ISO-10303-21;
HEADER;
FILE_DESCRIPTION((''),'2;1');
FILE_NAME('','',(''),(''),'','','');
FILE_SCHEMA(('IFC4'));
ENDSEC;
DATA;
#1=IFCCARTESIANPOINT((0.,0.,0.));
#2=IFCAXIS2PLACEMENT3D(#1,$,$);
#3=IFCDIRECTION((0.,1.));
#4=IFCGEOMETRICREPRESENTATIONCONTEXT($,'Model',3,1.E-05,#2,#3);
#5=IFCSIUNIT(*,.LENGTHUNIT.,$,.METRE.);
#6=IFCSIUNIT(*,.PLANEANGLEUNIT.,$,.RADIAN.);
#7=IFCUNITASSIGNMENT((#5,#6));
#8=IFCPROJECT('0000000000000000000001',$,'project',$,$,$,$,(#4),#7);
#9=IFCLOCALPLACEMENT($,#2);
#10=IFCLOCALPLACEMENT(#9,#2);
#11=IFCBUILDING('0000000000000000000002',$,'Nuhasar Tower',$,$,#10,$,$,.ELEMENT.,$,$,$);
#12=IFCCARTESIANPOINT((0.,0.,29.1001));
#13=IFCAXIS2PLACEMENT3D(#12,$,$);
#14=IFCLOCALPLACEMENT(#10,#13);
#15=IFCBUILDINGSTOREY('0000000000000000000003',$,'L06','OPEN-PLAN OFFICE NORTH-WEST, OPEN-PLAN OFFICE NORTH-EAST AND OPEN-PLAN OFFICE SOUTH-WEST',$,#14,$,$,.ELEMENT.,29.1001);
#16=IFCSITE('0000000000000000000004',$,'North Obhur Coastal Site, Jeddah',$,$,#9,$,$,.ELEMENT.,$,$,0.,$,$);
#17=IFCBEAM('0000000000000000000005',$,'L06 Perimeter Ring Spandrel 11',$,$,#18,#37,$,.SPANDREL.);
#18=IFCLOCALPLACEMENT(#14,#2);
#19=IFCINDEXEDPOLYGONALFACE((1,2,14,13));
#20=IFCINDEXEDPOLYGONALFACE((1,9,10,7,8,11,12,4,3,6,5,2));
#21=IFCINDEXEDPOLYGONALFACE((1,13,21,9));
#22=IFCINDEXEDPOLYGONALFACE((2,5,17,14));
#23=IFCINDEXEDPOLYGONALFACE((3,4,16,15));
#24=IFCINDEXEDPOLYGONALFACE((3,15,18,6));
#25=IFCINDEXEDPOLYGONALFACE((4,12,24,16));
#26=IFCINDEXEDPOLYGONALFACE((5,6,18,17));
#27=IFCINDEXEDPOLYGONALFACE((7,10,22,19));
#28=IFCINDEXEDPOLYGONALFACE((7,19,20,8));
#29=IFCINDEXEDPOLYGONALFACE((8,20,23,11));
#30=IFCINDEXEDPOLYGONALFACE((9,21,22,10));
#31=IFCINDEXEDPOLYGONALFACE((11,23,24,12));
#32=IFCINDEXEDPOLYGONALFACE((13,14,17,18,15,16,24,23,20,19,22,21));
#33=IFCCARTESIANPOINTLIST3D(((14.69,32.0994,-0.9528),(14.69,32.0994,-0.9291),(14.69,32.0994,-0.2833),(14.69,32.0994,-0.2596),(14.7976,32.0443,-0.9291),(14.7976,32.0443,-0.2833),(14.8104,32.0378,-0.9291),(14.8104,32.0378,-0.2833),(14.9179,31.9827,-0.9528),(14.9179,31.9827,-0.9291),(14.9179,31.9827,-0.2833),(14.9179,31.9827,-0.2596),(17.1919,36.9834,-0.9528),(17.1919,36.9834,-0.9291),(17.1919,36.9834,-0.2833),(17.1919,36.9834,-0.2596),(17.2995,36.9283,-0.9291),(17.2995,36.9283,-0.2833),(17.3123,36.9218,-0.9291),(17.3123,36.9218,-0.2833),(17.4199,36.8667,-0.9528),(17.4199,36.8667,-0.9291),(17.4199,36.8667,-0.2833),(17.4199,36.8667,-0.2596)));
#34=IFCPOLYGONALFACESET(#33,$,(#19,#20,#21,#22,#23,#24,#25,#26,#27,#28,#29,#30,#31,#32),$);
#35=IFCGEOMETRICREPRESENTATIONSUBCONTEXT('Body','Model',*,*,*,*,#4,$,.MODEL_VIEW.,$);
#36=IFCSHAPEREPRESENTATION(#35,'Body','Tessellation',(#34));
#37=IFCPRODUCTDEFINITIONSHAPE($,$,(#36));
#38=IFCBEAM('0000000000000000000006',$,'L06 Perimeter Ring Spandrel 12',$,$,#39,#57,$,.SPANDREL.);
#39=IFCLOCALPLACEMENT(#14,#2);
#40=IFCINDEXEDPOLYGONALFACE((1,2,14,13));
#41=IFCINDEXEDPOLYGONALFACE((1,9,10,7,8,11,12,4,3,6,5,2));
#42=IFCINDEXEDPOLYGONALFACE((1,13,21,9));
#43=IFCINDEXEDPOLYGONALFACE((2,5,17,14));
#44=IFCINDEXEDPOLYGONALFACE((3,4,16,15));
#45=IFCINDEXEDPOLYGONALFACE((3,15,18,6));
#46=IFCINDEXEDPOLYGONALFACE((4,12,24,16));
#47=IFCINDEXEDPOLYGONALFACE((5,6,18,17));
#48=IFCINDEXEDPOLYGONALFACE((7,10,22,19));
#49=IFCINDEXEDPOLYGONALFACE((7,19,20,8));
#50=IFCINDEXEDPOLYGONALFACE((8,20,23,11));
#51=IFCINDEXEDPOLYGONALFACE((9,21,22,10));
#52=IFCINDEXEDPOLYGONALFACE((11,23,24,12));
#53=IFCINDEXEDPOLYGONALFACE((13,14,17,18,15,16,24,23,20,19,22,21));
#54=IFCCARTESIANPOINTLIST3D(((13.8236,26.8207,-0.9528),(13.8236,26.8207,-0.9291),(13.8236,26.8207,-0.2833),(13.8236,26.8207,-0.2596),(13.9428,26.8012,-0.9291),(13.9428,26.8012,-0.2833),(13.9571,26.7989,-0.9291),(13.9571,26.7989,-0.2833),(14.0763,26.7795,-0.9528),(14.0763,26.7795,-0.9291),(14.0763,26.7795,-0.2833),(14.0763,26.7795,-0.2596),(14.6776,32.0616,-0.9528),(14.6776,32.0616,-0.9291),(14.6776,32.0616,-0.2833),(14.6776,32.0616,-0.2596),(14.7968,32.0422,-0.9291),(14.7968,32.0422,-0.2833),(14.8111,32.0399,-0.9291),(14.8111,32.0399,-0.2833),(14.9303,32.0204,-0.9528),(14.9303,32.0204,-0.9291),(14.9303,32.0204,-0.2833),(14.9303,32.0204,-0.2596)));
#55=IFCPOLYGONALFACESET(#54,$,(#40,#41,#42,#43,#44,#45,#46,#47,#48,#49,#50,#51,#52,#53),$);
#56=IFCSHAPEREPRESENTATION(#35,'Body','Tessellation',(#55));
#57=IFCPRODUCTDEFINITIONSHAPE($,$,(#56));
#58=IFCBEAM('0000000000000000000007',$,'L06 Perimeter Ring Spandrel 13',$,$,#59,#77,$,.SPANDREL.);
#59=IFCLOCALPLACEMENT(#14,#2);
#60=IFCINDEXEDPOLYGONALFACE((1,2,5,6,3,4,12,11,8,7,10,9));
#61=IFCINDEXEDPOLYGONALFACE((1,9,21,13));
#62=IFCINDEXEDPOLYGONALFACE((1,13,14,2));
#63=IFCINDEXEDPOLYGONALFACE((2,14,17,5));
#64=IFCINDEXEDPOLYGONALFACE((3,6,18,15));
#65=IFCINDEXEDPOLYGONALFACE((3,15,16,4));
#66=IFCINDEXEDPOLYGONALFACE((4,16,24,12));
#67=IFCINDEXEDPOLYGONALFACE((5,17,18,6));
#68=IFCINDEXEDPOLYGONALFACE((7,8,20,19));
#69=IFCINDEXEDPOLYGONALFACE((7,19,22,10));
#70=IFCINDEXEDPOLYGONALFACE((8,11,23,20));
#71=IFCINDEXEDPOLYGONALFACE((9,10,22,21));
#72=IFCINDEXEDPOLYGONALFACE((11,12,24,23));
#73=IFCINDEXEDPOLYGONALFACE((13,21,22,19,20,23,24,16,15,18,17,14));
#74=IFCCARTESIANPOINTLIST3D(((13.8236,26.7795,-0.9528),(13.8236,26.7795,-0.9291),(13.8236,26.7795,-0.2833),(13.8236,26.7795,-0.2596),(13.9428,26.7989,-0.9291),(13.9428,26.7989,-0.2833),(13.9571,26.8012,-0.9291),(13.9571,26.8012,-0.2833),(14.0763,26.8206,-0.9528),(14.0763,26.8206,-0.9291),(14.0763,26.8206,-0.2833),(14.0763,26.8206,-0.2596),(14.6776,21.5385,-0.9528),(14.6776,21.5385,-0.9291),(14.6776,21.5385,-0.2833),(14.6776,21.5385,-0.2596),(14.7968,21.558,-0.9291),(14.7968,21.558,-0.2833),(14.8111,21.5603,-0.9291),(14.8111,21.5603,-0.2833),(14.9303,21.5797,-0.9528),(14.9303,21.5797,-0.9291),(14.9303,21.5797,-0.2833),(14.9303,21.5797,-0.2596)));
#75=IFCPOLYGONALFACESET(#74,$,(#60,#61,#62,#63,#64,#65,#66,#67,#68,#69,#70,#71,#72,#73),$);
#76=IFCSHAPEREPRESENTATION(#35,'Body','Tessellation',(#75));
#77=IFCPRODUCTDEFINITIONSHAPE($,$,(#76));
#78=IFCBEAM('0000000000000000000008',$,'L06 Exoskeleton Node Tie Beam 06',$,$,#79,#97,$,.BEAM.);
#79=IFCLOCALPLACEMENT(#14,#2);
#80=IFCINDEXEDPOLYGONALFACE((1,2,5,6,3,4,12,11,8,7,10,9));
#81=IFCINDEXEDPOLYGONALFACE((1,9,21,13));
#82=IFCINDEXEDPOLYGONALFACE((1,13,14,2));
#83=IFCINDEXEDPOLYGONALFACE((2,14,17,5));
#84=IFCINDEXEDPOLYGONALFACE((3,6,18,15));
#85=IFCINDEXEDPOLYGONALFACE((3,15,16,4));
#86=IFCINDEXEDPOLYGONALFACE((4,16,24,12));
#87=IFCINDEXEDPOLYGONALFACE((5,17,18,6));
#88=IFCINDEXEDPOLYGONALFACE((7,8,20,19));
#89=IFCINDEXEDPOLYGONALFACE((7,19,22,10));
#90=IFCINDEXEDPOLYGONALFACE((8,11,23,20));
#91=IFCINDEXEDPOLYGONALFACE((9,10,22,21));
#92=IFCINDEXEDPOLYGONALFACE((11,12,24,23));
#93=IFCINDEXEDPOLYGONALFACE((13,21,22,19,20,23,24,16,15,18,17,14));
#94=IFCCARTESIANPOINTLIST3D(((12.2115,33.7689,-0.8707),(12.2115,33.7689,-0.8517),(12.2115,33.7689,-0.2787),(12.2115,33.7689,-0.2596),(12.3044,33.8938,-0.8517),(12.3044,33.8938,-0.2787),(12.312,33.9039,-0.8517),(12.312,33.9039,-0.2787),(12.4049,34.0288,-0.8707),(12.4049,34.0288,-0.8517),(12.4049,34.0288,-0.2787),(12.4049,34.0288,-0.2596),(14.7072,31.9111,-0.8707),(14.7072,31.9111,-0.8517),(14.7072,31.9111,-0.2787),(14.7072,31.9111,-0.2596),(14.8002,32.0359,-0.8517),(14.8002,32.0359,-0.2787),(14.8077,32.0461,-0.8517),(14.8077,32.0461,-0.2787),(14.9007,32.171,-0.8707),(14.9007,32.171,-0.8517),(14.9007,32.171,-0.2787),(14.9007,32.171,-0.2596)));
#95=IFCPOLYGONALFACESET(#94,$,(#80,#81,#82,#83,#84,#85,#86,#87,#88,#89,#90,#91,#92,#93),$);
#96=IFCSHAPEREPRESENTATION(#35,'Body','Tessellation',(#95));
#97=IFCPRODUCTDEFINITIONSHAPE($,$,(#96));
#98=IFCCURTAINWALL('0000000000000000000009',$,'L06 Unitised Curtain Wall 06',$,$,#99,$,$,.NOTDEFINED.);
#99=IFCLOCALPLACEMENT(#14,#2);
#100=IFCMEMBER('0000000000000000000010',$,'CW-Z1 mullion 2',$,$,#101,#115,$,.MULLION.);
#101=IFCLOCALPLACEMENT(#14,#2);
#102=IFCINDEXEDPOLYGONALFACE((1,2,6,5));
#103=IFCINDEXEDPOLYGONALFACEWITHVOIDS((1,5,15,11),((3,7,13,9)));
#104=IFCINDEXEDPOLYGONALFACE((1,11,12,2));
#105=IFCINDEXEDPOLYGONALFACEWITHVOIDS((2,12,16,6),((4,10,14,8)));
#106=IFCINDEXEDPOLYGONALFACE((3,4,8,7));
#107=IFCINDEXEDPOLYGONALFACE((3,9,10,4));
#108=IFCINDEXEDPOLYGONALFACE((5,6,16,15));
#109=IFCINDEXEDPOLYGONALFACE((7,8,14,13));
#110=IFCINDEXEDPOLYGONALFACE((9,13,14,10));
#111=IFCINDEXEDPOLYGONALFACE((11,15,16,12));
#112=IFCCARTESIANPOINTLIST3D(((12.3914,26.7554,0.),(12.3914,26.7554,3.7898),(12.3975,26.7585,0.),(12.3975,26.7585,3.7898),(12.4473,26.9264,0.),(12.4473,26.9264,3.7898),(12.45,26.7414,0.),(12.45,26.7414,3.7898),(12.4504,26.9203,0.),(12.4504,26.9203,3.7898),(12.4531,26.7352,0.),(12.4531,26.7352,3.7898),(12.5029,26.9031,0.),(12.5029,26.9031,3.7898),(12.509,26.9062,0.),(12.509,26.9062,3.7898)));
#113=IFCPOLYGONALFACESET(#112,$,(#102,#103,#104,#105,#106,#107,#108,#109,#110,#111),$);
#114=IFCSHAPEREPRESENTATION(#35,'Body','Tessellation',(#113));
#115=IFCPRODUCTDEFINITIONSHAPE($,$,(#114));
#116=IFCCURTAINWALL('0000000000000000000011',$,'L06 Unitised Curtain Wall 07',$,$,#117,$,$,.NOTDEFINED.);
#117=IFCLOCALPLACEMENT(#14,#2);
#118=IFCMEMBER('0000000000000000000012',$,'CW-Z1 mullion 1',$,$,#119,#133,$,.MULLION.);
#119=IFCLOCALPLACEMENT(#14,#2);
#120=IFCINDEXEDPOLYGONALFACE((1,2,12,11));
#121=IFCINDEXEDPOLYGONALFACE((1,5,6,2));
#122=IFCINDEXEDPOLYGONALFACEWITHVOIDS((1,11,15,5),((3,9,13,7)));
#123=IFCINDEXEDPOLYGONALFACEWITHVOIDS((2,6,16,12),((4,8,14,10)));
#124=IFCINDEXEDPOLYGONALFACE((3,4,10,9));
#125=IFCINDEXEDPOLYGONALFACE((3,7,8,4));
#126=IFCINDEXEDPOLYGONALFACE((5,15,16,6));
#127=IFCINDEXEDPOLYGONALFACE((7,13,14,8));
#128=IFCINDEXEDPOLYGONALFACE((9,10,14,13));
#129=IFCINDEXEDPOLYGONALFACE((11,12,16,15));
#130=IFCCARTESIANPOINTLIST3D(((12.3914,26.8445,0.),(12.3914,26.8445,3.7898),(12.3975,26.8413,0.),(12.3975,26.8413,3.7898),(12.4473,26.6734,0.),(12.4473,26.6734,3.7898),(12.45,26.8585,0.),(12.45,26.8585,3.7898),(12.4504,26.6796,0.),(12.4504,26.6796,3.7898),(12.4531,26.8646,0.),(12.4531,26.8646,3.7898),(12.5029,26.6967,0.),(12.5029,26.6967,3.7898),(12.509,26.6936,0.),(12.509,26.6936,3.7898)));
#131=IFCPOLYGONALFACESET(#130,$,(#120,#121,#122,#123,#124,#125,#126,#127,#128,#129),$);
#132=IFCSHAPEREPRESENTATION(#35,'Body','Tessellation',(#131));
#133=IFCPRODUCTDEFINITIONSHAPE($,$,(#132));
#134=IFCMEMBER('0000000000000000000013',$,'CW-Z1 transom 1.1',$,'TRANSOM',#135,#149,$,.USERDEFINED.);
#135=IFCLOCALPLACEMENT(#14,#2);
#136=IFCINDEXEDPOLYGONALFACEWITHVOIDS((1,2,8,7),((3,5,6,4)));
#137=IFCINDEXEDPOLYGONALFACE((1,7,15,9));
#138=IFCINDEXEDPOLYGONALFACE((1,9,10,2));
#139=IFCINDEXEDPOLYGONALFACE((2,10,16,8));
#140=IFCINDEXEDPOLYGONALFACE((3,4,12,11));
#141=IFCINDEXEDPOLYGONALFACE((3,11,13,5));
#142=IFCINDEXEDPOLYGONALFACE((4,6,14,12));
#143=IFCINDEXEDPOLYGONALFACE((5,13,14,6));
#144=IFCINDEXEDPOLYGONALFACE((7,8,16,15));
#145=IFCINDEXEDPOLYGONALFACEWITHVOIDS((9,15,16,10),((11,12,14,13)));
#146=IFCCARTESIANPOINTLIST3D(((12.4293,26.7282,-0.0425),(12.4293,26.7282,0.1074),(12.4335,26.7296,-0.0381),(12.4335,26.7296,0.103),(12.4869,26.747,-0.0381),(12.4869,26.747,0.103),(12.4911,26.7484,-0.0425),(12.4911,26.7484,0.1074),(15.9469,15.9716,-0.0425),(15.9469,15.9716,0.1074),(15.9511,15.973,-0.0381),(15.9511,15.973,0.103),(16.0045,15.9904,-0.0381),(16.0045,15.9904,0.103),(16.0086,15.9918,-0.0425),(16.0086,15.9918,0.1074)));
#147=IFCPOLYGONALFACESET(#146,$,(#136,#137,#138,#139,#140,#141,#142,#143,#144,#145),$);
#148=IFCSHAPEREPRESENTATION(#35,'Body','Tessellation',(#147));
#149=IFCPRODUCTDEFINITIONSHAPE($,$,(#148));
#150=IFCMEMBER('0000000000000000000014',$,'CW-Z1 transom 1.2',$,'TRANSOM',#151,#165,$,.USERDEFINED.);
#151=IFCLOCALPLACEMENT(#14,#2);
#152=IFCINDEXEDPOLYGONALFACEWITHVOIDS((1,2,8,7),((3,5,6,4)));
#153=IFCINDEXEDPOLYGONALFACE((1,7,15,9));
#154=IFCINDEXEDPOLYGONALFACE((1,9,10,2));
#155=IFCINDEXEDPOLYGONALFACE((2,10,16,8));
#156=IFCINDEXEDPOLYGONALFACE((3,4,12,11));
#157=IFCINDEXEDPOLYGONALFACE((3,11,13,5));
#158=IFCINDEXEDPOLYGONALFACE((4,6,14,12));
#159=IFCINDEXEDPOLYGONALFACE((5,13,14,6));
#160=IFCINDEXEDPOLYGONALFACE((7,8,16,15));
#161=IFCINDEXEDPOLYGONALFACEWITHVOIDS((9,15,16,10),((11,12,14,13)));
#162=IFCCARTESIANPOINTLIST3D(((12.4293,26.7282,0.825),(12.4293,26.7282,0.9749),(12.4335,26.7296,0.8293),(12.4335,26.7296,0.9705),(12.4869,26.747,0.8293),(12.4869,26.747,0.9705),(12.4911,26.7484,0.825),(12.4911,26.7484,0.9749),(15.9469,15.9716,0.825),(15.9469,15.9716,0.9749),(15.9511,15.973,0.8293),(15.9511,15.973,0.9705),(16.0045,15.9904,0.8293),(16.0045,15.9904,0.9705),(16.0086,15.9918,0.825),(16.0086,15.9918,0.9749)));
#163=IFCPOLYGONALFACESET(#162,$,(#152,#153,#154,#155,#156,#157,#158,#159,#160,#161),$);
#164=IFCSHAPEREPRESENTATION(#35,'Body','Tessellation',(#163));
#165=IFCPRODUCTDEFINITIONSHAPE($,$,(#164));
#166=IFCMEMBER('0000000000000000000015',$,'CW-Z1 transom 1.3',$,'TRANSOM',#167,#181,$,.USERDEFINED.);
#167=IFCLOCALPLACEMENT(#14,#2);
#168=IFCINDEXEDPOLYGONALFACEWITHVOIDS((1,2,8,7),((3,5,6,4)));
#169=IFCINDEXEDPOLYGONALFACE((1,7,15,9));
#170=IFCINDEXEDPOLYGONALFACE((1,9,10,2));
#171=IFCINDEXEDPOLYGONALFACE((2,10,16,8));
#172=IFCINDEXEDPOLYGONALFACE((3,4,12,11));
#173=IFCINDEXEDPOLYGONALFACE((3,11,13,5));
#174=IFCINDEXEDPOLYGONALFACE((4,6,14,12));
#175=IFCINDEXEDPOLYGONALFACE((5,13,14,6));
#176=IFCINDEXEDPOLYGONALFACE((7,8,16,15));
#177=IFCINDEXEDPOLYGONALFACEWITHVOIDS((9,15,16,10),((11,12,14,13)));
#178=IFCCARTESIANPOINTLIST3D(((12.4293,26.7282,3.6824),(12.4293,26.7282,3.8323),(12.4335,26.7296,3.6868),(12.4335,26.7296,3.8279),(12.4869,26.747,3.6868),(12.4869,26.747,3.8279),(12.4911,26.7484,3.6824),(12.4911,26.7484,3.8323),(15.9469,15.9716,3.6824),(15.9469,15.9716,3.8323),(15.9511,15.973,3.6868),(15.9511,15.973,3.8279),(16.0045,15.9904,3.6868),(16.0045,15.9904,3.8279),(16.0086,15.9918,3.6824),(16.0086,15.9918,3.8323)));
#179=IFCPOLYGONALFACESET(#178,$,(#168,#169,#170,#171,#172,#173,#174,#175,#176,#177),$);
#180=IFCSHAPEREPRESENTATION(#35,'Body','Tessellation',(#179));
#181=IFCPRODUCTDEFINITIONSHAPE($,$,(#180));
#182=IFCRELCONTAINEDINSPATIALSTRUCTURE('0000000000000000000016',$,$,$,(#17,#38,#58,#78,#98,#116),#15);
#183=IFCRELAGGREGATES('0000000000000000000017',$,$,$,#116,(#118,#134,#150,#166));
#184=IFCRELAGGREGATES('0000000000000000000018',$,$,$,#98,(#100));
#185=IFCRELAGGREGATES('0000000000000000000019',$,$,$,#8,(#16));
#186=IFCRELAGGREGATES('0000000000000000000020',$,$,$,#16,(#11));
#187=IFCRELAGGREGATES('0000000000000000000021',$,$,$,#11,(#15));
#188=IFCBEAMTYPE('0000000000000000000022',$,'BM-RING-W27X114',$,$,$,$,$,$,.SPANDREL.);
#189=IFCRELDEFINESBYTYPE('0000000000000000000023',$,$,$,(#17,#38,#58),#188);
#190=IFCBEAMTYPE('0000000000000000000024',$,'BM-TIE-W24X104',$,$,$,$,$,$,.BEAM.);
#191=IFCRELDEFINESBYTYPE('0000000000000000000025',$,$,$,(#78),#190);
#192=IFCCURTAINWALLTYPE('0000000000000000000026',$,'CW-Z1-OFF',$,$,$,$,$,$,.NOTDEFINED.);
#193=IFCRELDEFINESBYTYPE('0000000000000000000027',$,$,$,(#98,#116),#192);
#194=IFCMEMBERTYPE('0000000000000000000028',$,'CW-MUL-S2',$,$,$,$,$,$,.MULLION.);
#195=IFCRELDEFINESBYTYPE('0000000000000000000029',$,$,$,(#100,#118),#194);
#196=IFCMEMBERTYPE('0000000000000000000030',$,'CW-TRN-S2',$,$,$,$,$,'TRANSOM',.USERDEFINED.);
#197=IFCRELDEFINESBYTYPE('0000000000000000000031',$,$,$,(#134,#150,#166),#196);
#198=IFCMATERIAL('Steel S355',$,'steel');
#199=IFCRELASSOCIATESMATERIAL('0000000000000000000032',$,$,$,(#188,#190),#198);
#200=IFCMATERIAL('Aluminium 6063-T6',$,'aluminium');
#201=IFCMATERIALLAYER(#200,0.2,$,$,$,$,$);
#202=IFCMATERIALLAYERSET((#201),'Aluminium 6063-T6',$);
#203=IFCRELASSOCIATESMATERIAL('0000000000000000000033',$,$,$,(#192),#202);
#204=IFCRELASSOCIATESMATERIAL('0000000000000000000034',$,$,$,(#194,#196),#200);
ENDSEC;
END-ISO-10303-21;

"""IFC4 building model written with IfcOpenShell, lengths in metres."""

from ifc_helpers import new_model, si_unit, direction, frame, origin, origin_2d, place, context, subcontext, project, spatial, hollow_rectangle, i_section, extrude, material, layer, layer_set, material_profile, profile_set, type_object, element, aggregate, save


model = new_model("IFC4")

# Units and contexts
model_context = context("Model", 3, precision=1e-05, world=origin(), true_north=direction((0.0, 1.0)))
body_context = subcontext(model_context, "Body", "Model", "MODEL_VIEW")
ifc_project = project(units=[si_unit("LENGTHUNIT", "METRE"), si_unit("PLANEANGLEUNIT", "RADIAN")], contexts=[model_context])

# Site, building, storey
site_placement = place(None, origin())
site = spatial("IfcSite", under=ifc_project, at=site_placement, Name="North Obhur Coastal Site, Jeddah", CompositionType="ELEMENT", RefElevation=0.0)
building_placement = place(site_placement, origin())
building = spatial("IfcBuilding", under=site, at=building_placement, Name="Nuhasar Tower", CompositionType="ELEMENT")
storey_placement = place(building_placement, frame((0.0, 0.0, 29.1001)))
storey = spatial("IfcBuildingStorey", under=building, at=storey_placement, Name="L06", Description="OPEN-PLAN OFFICE NORTH-WEST, OPEN-PLAN OFFICE NORTH-EAST AND OPEN-PLAN OFFICE SOUTH-WEST", CompositionType="ELEMENT", Elevation=29.1001)

# Beams
ifc_material_1 = material(Name="Steel S355", Category="steel")
ifc_material_profile_1 = material_profile(ifc_material_1, i_section(OverallWidth=0.2561, OverallDepth=0.6931, WebThickness=0.0144, FlangeThickness=0.0237, at=origin_2d()), Name="W27X114")
ifc_profile_set_1 = profile_set([ifc_material_profile_1], Name="Steel S355")
beam_type_1 = type_object("IfcBeamType", Name="BM-RING-W27X114", PredefinedType="SPANDREL", material=ifc_profile_set_1)
beam_1_placement = place(storey_placement, frame((17.3059, 36.925, -0.6062), z_axis=(-0.45593, -0.890016, 0.0), x_axis=(0.890016, -0.45593, 0.0)))
element("IfcBeam", 1, at=beam_1_placement, inside=storey, type_object=beam_type_1, Name="L06 Perimeter Ring Spandrel 11", PredefinedType="SPANDREL", context=body_context, shape_type="SweptSolid", body=[
    extrude(i_section(OverallWidth=0.2561, OverallDepth=0.6931, WebThickness=0.0144, FlangeThickness=0.0237, at=origin_2d()), origin(), (0.0, 0.0, 1.0), 5.4875),
])
for number, where, z_axis, x_axis, name in (
    (2, (14.804, 32.041, -0.6062), (-0.160827, -0.986983, 0.0), (0.986983, -0.160827, 0.0), "L06 Perimeter Ring Spandrel 12"),
    (3, (13.95, 26.8, -0.6062), (0.160827, -0.986983, 0.0), (0.986983, 0.160827, 0.0), "L06 Perimeter Ring Spandrel 13"),
):
    element("IfcBeam", number, at=place(storey_placement, frame(where, z_axis=z_axis, x_axis=x_axis)), inside=storey, type_object=beam_type_1, Name=name, PredefinedType="SPANDREL", context=body_context, shape_type="SweptSolid", body=[
        extrude(i_section(OverallWidth=0.2561, OverallDepth=0.6931, WebThickness=0.0144, FlangeThickness=0.0237, at=origin_2d()), origin(), (0.0, 0.0, 1.0), 5.3101),
    ])
ifc_material_profile_2 = material_profile(ifc_material_1, i_section(OverallWidth=0.324, OverallDepth=0.6111, WebThickness=0.0127, FlangeThickness=0.019, at=origin_2d()), Name="W24X104")
ifc_profile_set_2 = profile_set([ifc_material_profile_2], Name="Steel S355")
beam_type_2 = type_object("IfcBeamType", Name="BM-TIE-W24X104", PredefinedType="BEAM", material=ifc_profile_set_2)
beam_2_placement = place(storey_placement, frame((14.804, 32.041, -0.5652), z_axis=(-0.802151, 0.597121, 0.0), x_axis=(-0.597121, -0.802151, 0.0)))
element("IfcBeam", 4, at=beam_2_placement, inside=storey, type_object=beam_type_2, Name="L06 Exoskeleton Node Tie Beam 06", PredefinedType="BEAM", context=body_context, shape_type="SweptSolid", body=[
    extrude(i_section(OverallWidth=0.324, OverallDepth=0.6111, WebThickness=0.0127, FlangeThickness=0.019, at=origin_2d()), origin(), (0.0, 0.0, 1.0), 3.1113),
])

# Curtain wall, member
ifc_material_2 = material(Name="Aluminium 6063-T6", Category="aluminium")
ifc_layer_1 = layer(ifc_material_2, 0.2)
ifc_layer_set_1 = layer_set([ifc_layer_1], Name="Aluminium 6063-T6")
curtain_wall_type = type_object("IfcCurtainWallType", Name="CW-Z1-OFF", PredefinedType="NOTDEFINED", material=ifc_layer_set_1)
curtain_wall_1_placement = place(storey_placement, origin())
curtain_wall_1 = element("IfcCurtainWall", 5, at=curtain_wall_1_placement, inside=storey, type_object=curtain_wall_type, Name="L06 Unitised Curtain Wall 06", PredefinedType="NOTDEFINED")
ifc_material_profile_3 = material_profile(ifc_material_2, hollow_rectangle(XDim=0.0649, YDim=0.1799, WallThickness=0.0049, at=origin_2d()), Name="CWM-2")
ifc_profile_set_3 = profile_set([ifc_material_profile_3], Name="Aluminium 6063-T6")
member_type_1 = type_object("IfcMemberType", Name="CW-MUL-S2", PredefinedType="MULLION", material=ifc_profile_set_3)
member_1_placement = place(storey_placement, frame((12.4502, 26.8308, 0.0), z_axis=(0.0, 0.0, 1.0), x_axis=(0.950468, -0.310824, 0.0)))
member_1 = element("IfcMember", 6, at=member_1_placement, type_object=member_type_1, Name="CW-Z1 mullion 2", PredefinedType="MULLION", context=body_context, shape_type="SweptSolid", body=[
    extrude(hollow_rectangle(XDim=0.0649, YDim=0.1799, WallThickness=0.0049, at=origin_2d()), origin(), (0.0, 0.0, 1.0), 3.7898),
])

# Curtain wall, members
curtain_wall_2_placement = place(storey_placement, origin())
curtain_wall_2 = element("IfcCurtainWall", 7, at=curtain_wall_2_placement, inside=storey, type_object=curtain_wall_type, Name="L06 Unitised Curtain Wall 07", PredefinedType="NOTDEFINED")
member_2_placement = place(storey_placement, frame((12.4502, 26.769, 0.0), z_axis=(0.0, 0.0, 1.0), x_axis=(0.950468, 0.310824, 0.0)))
member_2 = element("IfcMember", 8, at=member_2_placement, type_object=member_type_1, Name="CW-Z1 mullion 1", PredefinedType="MULLION", context=body_context, shape_type="SweptSolid", body=[
    extrude(hollow_rectangle(XDim=0.0649, YDim=0.1799, WallThickness=0.0049, at=origin_2d()), origin(), (0.0, 0.0, 1.0), 3.7898),
])
ifc_material_profile_4 = material_profile(ifc_material_2, hollow_rectangle(XDim=0.0649, YDim=0.1499, WallThickness=0.0044, at=origin_2d()), Name="CWT-2")
ifc_profile_set_4 = profile_set([ifc_material_profile_4], Name="Aluminium 6063-T6")
member_type_2 = type_object("IfcMemberType", Name="CW-TRN-S2", ElementType="TRANSOM", PredefinedType="USERDEFINED", material=ifc_profile_set_4)
member_3_placement = place(storey_placement, frame((12.4602, 26.7383, 0.0325), z_axis=(0.310819, -0.950469, 0.0), x_axis=(0.950469, 0.310819, 0.0)))
member_3 = element("IfcMember", 9, at=member_3_placement, type_object=member_type_2, Name="CW-Z1 transom 1.1", ObjectType="TRANSOM", PredefinedType="USERDEFINED", context=body_context, shape_type="SweptSolid", body=[
    extrude(hollow_rectangle(XDim=0.0649, YDim=0.1499, WallThickness=0.0044, at=origin_2d()), origin(), (0.0, 0.0, 1.0), 11.3171),
])
member_4_placement = place(storey_placement, frame((12.4602, 26.7383, 0.8999), z_axis=(0.310819, -0.950469, 0.0), x_axis=(0.950469, 0.310819, 0.0)))
member_4 = element("IfcMember", 10, at=member_4_placement, type_object=member_type_2, Name="CW-Z1 transom 1.2", ObjectType="TRANSOM", PredefinedType="USERDEFINED", context=body_context, shape_type="SweptSolid", body=[
    extrude(hollow_rectangle(XDim=0.0649, YDim=0.1499, WallThickness=0.0044, at=origin_2d()), origin(), (0.0, 0.0, 1.0), 11.3171),
])
member_5_placement = place(storey_placement, frame((12.4602, 26.7383, 3.7573), z_axis=(0.310819, -0.950469, 0.0), x_axis=(0.950469, 0.310819, 0.0)))
member_5 = element("IfcMember", 11, at=member_5_placement, type_object=member_type_2, Name="CW-Z1 transom 1.3", ObjectType="TRANSOM", PredefinedType="USERDEFINED", context=body_context, shape_type="SweptSolid", body=[
    extrude(hollow_rectangle(XDim=0.0649, YDim=0.1499, WallThickness=0.0044, at=origin_2d()), origin(), (0.0, 0.0, 1.0), 11.3171),
])
aggregate(curtain_wall_2, [member_2, member_3, member_4, member_5])

aggregate(curtain_wall_1, [member_1])

save(model, "model.ifc")
